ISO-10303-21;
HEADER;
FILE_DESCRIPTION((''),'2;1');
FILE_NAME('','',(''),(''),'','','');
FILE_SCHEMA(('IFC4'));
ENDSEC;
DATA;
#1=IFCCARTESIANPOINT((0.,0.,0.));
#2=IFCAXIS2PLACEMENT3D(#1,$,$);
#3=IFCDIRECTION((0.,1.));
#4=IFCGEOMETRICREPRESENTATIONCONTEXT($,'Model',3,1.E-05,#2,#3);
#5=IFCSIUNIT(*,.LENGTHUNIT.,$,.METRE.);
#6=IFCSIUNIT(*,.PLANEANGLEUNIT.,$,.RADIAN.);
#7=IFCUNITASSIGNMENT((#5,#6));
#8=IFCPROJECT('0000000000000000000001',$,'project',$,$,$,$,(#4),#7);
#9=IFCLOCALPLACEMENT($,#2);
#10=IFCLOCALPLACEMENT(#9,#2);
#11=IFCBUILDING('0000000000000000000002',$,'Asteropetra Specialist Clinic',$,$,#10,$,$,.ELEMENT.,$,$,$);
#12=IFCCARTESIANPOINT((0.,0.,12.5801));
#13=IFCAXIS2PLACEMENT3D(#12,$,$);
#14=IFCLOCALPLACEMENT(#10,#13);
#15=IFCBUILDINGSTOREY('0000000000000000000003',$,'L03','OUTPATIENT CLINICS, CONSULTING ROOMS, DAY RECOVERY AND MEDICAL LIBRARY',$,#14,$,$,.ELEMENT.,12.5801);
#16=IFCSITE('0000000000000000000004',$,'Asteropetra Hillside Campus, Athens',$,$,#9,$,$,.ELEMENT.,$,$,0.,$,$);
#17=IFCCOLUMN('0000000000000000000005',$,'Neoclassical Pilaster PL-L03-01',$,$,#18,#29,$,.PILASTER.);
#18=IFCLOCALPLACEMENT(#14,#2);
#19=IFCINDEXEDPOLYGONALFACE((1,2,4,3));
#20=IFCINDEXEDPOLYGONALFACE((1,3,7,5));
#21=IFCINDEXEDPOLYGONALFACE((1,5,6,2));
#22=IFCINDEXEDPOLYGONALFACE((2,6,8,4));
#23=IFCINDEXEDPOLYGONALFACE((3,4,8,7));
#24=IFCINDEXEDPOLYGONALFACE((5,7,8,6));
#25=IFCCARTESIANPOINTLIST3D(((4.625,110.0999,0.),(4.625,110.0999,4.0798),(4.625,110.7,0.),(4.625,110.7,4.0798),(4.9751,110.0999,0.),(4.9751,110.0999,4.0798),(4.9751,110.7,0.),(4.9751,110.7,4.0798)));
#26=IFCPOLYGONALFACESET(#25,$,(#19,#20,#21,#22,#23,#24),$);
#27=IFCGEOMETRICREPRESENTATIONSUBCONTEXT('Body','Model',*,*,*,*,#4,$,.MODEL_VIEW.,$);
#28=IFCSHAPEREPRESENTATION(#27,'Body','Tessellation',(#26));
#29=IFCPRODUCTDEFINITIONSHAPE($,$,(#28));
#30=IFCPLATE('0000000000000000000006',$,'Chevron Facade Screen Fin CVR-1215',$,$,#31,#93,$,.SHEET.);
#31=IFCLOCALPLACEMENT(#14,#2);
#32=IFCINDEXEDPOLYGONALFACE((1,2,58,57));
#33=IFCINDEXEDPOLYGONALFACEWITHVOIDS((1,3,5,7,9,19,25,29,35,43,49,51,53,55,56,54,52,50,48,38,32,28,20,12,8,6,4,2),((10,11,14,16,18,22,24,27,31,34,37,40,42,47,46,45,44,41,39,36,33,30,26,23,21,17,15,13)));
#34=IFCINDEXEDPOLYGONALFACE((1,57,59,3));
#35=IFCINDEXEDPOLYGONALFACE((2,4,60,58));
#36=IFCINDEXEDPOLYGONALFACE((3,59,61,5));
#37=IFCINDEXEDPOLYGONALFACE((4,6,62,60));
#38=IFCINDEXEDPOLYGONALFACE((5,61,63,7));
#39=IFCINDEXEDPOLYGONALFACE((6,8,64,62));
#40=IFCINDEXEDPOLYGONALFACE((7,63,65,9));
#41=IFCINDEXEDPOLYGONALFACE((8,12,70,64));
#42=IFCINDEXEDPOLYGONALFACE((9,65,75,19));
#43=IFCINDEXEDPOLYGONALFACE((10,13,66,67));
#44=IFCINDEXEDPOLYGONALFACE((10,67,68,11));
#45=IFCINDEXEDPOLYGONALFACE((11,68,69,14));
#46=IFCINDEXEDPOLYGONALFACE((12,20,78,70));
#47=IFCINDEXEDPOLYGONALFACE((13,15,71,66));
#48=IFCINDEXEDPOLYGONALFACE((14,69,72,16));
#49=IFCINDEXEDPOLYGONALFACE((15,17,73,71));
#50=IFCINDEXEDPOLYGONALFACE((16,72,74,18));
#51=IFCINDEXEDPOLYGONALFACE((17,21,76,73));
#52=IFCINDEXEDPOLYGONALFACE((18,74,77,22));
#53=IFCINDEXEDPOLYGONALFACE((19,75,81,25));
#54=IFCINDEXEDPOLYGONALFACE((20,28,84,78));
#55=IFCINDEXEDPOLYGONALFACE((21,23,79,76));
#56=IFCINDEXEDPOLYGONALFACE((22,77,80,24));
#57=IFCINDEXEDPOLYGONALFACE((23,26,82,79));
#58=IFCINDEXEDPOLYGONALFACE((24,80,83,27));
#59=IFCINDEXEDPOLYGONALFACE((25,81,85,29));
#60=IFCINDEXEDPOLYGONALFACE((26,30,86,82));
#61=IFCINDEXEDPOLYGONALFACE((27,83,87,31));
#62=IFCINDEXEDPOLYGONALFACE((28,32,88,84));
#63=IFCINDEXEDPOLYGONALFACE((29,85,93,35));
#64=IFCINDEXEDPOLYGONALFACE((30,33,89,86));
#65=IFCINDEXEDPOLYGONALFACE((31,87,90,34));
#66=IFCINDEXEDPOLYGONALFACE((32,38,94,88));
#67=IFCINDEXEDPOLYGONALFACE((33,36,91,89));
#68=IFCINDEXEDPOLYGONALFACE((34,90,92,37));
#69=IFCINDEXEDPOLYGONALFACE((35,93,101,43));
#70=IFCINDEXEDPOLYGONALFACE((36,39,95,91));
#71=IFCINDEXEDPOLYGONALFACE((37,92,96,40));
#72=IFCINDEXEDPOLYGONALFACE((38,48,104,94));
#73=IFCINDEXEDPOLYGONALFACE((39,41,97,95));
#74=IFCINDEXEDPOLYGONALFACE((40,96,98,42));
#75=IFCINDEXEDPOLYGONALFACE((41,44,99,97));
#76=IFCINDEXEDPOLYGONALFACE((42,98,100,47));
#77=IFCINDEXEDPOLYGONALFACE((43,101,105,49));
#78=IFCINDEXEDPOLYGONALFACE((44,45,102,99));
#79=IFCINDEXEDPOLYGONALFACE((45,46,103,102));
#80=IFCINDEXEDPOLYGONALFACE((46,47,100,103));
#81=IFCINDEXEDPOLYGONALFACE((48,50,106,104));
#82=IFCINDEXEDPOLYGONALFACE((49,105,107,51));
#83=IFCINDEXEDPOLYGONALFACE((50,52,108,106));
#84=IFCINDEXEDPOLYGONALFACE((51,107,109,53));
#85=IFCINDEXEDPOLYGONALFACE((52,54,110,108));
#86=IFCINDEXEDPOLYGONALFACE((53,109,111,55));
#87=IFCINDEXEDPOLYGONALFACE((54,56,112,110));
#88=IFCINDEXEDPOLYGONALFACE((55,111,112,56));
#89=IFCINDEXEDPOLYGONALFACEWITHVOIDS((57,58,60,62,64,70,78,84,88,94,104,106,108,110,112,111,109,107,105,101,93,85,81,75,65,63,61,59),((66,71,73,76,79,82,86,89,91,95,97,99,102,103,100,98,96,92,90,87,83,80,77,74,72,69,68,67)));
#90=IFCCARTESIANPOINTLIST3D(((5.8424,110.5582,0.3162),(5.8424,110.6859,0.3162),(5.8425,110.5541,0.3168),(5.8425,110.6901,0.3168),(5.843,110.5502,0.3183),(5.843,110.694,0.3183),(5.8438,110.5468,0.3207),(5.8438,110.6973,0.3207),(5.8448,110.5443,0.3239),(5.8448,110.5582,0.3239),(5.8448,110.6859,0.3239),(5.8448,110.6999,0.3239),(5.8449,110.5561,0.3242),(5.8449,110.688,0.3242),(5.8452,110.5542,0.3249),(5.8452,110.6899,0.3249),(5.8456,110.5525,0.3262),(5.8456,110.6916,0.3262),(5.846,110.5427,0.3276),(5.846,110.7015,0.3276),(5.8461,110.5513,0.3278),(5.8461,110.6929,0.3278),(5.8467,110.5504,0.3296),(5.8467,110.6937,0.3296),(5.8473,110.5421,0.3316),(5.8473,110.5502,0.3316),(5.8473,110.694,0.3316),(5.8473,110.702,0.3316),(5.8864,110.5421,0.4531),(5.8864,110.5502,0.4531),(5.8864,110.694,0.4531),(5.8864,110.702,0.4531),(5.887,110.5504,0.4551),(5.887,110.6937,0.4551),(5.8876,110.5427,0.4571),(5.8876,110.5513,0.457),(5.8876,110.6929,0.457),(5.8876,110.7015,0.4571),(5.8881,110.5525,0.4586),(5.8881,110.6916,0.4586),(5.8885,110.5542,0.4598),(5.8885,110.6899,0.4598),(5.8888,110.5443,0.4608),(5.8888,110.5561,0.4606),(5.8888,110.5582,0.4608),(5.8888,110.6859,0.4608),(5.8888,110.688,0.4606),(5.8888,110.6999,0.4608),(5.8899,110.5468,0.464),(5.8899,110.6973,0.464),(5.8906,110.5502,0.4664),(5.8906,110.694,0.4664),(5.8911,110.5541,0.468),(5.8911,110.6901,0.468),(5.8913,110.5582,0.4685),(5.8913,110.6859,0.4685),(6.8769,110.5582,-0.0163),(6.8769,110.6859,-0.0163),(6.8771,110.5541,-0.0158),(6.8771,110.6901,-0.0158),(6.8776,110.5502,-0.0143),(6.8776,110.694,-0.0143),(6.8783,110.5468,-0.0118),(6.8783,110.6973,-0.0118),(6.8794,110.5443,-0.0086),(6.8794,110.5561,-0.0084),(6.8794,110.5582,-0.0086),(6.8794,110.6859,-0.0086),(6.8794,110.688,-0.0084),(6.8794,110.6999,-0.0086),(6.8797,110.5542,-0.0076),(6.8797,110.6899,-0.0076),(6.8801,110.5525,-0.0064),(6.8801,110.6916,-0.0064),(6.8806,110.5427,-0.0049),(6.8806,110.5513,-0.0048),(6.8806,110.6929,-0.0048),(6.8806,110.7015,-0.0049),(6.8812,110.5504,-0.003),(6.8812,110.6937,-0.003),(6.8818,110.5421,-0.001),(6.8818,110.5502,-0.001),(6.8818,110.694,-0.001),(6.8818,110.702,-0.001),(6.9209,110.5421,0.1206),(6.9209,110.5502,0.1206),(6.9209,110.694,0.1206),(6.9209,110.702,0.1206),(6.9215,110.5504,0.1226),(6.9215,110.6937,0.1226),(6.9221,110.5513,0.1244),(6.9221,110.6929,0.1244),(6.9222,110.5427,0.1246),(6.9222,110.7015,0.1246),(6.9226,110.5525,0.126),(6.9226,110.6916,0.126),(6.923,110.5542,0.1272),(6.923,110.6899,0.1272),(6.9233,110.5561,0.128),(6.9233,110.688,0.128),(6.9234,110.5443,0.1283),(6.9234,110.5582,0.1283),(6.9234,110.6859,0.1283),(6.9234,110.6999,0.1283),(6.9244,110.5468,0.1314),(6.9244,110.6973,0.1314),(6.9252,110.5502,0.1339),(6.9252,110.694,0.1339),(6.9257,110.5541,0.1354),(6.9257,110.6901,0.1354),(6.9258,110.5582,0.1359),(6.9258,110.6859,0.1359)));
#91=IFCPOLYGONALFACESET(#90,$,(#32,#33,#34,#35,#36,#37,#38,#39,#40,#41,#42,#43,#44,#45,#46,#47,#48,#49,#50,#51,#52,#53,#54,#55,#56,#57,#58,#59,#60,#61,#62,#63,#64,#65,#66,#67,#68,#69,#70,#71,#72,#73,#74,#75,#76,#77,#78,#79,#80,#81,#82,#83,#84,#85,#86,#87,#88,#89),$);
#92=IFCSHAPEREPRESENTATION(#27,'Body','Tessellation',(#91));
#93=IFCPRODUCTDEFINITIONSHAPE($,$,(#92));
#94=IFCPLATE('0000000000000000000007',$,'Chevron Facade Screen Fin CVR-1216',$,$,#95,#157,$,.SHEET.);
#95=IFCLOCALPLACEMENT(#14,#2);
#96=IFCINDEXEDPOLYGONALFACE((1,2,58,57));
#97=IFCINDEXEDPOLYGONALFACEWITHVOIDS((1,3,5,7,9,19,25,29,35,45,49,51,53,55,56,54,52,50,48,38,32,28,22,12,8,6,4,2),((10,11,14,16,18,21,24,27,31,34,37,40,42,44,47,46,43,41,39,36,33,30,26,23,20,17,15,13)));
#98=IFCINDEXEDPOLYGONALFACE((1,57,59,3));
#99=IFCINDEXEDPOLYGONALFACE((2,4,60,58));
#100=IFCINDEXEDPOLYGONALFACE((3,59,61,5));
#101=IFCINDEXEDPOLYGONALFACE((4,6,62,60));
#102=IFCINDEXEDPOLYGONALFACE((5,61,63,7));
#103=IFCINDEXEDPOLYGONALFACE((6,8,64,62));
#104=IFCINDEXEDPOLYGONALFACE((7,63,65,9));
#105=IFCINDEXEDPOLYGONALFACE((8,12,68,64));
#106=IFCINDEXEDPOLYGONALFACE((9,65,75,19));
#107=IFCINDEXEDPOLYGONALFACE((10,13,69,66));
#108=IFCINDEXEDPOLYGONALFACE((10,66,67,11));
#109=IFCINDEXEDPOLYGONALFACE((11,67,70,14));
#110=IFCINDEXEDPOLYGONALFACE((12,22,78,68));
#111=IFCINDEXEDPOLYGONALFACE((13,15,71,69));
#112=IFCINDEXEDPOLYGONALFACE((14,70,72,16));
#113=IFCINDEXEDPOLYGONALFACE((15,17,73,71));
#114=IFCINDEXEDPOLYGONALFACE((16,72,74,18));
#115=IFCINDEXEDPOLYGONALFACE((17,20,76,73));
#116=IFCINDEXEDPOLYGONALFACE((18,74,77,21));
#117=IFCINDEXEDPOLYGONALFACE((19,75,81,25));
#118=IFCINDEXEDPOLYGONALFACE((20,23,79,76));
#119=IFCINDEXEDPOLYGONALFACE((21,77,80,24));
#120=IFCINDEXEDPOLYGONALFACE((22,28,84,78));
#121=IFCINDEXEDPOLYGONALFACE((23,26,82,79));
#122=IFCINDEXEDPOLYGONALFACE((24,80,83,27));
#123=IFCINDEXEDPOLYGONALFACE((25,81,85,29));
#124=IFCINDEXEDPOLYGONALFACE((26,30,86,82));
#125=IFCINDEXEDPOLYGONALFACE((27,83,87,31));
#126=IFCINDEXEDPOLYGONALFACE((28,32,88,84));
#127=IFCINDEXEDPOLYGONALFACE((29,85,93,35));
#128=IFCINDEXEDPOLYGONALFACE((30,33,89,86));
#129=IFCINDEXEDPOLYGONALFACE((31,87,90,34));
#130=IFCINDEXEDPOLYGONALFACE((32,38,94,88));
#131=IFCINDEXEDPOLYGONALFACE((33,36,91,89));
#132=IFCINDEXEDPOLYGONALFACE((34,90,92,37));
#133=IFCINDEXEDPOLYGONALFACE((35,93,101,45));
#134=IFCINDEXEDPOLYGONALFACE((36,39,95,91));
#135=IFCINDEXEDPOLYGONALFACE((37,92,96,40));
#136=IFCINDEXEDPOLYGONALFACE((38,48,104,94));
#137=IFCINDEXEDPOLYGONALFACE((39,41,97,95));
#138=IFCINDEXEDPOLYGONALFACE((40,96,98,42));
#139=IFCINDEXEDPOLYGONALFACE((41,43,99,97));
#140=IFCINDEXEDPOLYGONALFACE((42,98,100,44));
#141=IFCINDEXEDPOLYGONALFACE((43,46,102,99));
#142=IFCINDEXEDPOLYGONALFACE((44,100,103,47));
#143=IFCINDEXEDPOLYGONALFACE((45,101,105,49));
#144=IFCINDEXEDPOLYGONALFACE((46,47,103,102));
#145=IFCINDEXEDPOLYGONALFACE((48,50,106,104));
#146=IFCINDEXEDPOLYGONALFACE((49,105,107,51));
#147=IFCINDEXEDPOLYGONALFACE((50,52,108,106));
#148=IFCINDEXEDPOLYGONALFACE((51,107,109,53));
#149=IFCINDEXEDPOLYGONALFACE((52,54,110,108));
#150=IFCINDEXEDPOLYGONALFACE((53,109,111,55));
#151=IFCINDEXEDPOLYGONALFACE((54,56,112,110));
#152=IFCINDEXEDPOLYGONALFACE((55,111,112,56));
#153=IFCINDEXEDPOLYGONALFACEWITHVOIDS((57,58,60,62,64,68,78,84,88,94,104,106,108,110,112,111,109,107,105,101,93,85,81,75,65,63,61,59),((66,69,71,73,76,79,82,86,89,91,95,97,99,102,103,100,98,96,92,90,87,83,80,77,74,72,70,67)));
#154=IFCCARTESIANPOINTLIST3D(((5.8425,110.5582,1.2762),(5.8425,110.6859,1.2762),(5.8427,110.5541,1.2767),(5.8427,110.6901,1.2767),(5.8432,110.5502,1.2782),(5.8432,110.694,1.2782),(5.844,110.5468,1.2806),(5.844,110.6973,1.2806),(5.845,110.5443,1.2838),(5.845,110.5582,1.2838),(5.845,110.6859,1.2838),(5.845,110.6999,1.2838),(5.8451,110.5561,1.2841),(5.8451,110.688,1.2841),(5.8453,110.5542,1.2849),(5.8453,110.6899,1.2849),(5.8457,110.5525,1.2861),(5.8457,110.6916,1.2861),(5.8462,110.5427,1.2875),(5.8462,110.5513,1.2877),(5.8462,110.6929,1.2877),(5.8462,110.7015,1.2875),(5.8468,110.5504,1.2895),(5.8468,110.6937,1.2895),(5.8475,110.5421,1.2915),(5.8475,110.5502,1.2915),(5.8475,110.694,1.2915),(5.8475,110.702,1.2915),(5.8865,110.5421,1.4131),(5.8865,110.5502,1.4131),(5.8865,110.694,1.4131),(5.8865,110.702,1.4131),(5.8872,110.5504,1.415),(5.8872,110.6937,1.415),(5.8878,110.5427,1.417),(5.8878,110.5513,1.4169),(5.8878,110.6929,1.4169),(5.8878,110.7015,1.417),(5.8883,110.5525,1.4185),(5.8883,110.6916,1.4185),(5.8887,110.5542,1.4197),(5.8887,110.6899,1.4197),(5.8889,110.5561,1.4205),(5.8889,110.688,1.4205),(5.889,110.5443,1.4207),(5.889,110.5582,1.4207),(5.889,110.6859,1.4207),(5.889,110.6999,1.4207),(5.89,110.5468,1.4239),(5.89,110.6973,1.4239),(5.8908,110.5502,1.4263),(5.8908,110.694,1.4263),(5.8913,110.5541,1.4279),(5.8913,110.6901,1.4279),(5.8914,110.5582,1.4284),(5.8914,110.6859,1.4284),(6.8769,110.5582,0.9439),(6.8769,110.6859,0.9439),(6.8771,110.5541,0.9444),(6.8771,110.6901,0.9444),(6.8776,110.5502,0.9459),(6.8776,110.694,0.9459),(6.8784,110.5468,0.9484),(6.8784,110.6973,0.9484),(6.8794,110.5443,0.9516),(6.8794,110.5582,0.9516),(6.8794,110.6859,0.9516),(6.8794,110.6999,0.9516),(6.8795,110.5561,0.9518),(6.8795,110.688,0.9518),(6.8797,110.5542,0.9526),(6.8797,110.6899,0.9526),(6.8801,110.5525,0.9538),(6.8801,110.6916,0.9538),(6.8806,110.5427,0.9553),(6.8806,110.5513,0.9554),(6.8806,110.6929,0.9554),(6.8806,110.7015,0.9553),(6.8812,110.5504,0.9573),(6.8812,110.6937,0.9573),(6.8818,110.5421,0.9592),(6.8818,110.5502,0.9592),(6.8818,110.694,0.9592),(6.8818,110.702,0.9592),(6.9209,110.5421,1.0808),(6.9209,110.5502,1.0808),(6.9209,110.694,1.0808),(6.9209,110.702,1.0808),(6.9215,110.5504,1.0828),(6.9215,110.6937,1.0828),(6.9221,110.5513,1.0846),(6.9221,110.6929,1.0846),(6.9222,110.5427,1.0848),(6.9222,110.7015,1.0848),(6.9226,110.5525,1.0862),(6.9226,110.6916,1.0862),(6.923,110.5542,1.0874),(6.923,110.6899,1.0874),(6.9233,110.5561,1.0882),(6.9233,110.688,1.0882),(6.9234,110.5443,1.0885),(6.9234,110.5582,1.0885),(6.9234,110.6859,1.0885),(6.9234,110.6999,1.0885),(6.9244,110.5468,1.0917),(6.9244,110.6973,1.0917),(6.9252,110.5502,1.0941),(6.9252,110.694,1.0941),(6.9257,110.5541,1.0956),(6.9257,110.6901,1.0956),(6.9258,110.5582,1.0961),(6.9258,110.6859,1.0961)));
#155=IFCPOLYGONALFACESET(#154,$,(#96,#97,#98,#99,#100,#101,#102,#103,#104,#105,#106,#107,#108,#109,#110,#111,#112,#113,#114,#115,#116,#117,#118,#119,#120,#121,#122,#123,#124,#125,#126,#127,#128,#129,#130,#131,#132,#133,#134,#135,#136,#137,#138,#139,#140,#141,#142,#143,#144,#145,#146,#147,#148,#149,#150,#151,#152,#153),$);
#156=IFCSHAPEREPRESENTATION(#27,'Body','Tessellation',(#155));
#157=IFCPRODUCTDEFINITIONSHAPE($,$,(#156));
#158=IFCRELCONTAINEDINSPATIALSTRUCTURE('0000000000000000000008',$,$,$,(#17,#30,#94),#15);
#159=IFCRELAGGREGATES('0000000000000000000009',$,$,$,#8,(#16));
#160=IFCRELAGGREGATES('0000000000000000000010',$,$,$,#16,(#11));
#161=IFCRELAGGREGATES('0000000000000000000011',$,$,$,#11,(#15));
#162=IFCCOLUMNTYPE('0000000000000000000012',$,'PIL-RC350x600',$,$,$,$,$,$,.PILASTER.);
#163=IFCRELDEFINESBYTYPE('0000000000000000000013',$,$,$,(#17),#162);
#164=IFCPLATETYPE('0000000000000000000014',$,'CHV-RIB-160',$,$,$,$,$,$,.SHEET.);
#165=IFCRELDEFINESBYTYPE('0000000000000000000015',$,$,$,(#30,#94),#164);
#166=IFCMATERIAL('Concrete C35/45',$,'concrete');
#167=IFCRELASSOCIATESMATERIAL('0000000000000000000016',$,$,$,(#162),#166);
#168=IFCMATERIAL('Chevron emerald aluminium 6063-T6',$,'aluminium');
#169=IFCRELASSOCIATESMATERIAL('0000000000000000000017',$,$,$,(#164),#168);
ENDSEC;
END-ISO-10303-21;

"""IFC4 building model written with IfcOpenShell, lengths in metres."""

from ifc_helpers import new_model, si_unit, direction, frame, origin, origin_2d, place, context, subcontext, project, spatial, rectangle, hollow_rectangle, extrude, material, material_profile, profile_set, type_object, element, save


model = new_model("IFC4")

# Units and contexts
model_context = context("Model", 3, precision=1e-05, world=origin(), true_north=direction((0.0, 1.0)))
body_context = subcontext(model_context, "Body", "Model", "MODEL_VIEW")
ifc_project = project(units=[si_unit("LENGTHUNIT", "METRE"), si_unit("PLANEANGLEUNIT", "RADIAN")], contexts=[model_context])

# Site, building, storey
site_placement = place(None, origin())
site = spatial("IfcSite", under=ifc_project, at=site_placement, Name="Asteropetra Hillside Campus, Athens", CompositionType="ELEMENT", RefElevation=0.0)
building_placement = place(site_placement, origin())
building = spatial("IfcBuilding", under=site, at=building_placement, Name="Asteropetra Specialist Clinic", CompositionType="ELEMENT")
storey_placement = place(building_placement, frame((0.0, 0.0, 12.5801)))
storey = spatial("IfcBuildingStorey", under=building, at=storey_placement, Name="L03", Description="OUTPATIENT CLINICS, CONSULTING ROOMS, DAY RECOVERY AND MEDICAL LIBRARY", CompositionType="ELEMENT", Elevation=12.5801)

# Column
ifc_material_1 = material(Name="Concrete C35/45", Category="concrete")
ifc_material_profile_1 = material_profile(ifc_material_1, rectangle(XDim=0.3501, YDim=0.6001, at=origin_2d()), Name="PIL 350x600")
ifc_profile_set_1 = profile_set([ifc_material_profile_1], Name="Concrete C35/45")
column_type = type_object("IfcColumnType", Name="PIL-RC350x600", PredefinedType="PILASTER", material=ifc_profile_set_1)
column_placement = place(storey_placement, frame((4.8, 110.3999, 0.0), z_axis=(0.0, 0.0, 1.0), x_axis=(1.0, 0.0, 0.0)))
element("IfcColumn", 1, at=column_placement, inside=storey, type_object=column_type, Name="Neoclassical Pilaster PL-L03-01", PredefinedType="PILASTER", context=body_context, shape_type="SweptSolid", body=[
    extrude(rectangle(XDim=0.3501, YDim=0.6001, at=origin_2d()), origin(), (0.0, 0.0, 1.0), 4.0798),
])

# Plates
ifc_material_2 = material(Name="Chevron emerald aluminium 6063-T6", Category="aluminium")
ifc_material_profile_2 = material_profile(ifc_material_2, hollow_rectangle(XDim=0.1599, YDim=0.1599, WallThickness=0.0081, InnerFilletRadius=0.0081, OuterFilletRadius=0.0161, at=origin_2d()), Name="SHS 160x160x8.0")
ifc_profile_set_2 = profile_set([ifc_material_profile_2], Name="Chevron emerald aluminium 6063-T6")
plate_type_1 = type_object("IfcPlateType", Name="CHV-RIB-160", PredefinedType="SHEET", material=ifc_profile_set_2)
plate_1_placement = place(storey_placement, frame((6.9014, 110.6221, 0.0598), z_axis=(-0.952022, 0.0, 0.306031), x_axis=(0.0, -1.0, 0.0)))
element("IfcPlate", 2, at=plate_1_placement, inside=storey, type_object=plate_type_1, Name="Chevron Facade Screen Fin CVR-1215", PredefinedType="SHEET", context=body_context, shape_type="SweptSolid", body=[
    extrude(hollow_rectangle(XDim=0.1599, YDim=0.1599, WallThickness=0.0081, InnerFilletRadius=0.0081, OuterFilletRadius=0.0161, at=origin_2d()), origin(), (0.0, 0.0, 1.0), 1.0867),
])
for number, where, z_axis, x_axis, name in (
    (3, (6.9014, 110.6221, 1.02), (-0.952087, 0.0, 0.305827), (0.0, -1.0, 0.0), "Chevron Facade Screen Fin CVR-1216"),
):
    element("IfcPlate", number, at=place(storey_placement, frame(where, z_axis=z_axis, x_axis=x_axis)), inside=storey, type_object=plate_type_1, Name=name, PredefinedType="SHEET", context=body_context, shape_type="SweptSolid", body=[
        extrude(hollow_rectangle(XDim=0.1599, YDim=0.1599, WallThickness=0.0081, InnerFilletRadius=0.0081, OuterFilletRadius=0.0161, at=origin_2d()), origin(), (0.0, 0.0, 1.0), 1.0864),
    ])

save(model, "model.ifc")
